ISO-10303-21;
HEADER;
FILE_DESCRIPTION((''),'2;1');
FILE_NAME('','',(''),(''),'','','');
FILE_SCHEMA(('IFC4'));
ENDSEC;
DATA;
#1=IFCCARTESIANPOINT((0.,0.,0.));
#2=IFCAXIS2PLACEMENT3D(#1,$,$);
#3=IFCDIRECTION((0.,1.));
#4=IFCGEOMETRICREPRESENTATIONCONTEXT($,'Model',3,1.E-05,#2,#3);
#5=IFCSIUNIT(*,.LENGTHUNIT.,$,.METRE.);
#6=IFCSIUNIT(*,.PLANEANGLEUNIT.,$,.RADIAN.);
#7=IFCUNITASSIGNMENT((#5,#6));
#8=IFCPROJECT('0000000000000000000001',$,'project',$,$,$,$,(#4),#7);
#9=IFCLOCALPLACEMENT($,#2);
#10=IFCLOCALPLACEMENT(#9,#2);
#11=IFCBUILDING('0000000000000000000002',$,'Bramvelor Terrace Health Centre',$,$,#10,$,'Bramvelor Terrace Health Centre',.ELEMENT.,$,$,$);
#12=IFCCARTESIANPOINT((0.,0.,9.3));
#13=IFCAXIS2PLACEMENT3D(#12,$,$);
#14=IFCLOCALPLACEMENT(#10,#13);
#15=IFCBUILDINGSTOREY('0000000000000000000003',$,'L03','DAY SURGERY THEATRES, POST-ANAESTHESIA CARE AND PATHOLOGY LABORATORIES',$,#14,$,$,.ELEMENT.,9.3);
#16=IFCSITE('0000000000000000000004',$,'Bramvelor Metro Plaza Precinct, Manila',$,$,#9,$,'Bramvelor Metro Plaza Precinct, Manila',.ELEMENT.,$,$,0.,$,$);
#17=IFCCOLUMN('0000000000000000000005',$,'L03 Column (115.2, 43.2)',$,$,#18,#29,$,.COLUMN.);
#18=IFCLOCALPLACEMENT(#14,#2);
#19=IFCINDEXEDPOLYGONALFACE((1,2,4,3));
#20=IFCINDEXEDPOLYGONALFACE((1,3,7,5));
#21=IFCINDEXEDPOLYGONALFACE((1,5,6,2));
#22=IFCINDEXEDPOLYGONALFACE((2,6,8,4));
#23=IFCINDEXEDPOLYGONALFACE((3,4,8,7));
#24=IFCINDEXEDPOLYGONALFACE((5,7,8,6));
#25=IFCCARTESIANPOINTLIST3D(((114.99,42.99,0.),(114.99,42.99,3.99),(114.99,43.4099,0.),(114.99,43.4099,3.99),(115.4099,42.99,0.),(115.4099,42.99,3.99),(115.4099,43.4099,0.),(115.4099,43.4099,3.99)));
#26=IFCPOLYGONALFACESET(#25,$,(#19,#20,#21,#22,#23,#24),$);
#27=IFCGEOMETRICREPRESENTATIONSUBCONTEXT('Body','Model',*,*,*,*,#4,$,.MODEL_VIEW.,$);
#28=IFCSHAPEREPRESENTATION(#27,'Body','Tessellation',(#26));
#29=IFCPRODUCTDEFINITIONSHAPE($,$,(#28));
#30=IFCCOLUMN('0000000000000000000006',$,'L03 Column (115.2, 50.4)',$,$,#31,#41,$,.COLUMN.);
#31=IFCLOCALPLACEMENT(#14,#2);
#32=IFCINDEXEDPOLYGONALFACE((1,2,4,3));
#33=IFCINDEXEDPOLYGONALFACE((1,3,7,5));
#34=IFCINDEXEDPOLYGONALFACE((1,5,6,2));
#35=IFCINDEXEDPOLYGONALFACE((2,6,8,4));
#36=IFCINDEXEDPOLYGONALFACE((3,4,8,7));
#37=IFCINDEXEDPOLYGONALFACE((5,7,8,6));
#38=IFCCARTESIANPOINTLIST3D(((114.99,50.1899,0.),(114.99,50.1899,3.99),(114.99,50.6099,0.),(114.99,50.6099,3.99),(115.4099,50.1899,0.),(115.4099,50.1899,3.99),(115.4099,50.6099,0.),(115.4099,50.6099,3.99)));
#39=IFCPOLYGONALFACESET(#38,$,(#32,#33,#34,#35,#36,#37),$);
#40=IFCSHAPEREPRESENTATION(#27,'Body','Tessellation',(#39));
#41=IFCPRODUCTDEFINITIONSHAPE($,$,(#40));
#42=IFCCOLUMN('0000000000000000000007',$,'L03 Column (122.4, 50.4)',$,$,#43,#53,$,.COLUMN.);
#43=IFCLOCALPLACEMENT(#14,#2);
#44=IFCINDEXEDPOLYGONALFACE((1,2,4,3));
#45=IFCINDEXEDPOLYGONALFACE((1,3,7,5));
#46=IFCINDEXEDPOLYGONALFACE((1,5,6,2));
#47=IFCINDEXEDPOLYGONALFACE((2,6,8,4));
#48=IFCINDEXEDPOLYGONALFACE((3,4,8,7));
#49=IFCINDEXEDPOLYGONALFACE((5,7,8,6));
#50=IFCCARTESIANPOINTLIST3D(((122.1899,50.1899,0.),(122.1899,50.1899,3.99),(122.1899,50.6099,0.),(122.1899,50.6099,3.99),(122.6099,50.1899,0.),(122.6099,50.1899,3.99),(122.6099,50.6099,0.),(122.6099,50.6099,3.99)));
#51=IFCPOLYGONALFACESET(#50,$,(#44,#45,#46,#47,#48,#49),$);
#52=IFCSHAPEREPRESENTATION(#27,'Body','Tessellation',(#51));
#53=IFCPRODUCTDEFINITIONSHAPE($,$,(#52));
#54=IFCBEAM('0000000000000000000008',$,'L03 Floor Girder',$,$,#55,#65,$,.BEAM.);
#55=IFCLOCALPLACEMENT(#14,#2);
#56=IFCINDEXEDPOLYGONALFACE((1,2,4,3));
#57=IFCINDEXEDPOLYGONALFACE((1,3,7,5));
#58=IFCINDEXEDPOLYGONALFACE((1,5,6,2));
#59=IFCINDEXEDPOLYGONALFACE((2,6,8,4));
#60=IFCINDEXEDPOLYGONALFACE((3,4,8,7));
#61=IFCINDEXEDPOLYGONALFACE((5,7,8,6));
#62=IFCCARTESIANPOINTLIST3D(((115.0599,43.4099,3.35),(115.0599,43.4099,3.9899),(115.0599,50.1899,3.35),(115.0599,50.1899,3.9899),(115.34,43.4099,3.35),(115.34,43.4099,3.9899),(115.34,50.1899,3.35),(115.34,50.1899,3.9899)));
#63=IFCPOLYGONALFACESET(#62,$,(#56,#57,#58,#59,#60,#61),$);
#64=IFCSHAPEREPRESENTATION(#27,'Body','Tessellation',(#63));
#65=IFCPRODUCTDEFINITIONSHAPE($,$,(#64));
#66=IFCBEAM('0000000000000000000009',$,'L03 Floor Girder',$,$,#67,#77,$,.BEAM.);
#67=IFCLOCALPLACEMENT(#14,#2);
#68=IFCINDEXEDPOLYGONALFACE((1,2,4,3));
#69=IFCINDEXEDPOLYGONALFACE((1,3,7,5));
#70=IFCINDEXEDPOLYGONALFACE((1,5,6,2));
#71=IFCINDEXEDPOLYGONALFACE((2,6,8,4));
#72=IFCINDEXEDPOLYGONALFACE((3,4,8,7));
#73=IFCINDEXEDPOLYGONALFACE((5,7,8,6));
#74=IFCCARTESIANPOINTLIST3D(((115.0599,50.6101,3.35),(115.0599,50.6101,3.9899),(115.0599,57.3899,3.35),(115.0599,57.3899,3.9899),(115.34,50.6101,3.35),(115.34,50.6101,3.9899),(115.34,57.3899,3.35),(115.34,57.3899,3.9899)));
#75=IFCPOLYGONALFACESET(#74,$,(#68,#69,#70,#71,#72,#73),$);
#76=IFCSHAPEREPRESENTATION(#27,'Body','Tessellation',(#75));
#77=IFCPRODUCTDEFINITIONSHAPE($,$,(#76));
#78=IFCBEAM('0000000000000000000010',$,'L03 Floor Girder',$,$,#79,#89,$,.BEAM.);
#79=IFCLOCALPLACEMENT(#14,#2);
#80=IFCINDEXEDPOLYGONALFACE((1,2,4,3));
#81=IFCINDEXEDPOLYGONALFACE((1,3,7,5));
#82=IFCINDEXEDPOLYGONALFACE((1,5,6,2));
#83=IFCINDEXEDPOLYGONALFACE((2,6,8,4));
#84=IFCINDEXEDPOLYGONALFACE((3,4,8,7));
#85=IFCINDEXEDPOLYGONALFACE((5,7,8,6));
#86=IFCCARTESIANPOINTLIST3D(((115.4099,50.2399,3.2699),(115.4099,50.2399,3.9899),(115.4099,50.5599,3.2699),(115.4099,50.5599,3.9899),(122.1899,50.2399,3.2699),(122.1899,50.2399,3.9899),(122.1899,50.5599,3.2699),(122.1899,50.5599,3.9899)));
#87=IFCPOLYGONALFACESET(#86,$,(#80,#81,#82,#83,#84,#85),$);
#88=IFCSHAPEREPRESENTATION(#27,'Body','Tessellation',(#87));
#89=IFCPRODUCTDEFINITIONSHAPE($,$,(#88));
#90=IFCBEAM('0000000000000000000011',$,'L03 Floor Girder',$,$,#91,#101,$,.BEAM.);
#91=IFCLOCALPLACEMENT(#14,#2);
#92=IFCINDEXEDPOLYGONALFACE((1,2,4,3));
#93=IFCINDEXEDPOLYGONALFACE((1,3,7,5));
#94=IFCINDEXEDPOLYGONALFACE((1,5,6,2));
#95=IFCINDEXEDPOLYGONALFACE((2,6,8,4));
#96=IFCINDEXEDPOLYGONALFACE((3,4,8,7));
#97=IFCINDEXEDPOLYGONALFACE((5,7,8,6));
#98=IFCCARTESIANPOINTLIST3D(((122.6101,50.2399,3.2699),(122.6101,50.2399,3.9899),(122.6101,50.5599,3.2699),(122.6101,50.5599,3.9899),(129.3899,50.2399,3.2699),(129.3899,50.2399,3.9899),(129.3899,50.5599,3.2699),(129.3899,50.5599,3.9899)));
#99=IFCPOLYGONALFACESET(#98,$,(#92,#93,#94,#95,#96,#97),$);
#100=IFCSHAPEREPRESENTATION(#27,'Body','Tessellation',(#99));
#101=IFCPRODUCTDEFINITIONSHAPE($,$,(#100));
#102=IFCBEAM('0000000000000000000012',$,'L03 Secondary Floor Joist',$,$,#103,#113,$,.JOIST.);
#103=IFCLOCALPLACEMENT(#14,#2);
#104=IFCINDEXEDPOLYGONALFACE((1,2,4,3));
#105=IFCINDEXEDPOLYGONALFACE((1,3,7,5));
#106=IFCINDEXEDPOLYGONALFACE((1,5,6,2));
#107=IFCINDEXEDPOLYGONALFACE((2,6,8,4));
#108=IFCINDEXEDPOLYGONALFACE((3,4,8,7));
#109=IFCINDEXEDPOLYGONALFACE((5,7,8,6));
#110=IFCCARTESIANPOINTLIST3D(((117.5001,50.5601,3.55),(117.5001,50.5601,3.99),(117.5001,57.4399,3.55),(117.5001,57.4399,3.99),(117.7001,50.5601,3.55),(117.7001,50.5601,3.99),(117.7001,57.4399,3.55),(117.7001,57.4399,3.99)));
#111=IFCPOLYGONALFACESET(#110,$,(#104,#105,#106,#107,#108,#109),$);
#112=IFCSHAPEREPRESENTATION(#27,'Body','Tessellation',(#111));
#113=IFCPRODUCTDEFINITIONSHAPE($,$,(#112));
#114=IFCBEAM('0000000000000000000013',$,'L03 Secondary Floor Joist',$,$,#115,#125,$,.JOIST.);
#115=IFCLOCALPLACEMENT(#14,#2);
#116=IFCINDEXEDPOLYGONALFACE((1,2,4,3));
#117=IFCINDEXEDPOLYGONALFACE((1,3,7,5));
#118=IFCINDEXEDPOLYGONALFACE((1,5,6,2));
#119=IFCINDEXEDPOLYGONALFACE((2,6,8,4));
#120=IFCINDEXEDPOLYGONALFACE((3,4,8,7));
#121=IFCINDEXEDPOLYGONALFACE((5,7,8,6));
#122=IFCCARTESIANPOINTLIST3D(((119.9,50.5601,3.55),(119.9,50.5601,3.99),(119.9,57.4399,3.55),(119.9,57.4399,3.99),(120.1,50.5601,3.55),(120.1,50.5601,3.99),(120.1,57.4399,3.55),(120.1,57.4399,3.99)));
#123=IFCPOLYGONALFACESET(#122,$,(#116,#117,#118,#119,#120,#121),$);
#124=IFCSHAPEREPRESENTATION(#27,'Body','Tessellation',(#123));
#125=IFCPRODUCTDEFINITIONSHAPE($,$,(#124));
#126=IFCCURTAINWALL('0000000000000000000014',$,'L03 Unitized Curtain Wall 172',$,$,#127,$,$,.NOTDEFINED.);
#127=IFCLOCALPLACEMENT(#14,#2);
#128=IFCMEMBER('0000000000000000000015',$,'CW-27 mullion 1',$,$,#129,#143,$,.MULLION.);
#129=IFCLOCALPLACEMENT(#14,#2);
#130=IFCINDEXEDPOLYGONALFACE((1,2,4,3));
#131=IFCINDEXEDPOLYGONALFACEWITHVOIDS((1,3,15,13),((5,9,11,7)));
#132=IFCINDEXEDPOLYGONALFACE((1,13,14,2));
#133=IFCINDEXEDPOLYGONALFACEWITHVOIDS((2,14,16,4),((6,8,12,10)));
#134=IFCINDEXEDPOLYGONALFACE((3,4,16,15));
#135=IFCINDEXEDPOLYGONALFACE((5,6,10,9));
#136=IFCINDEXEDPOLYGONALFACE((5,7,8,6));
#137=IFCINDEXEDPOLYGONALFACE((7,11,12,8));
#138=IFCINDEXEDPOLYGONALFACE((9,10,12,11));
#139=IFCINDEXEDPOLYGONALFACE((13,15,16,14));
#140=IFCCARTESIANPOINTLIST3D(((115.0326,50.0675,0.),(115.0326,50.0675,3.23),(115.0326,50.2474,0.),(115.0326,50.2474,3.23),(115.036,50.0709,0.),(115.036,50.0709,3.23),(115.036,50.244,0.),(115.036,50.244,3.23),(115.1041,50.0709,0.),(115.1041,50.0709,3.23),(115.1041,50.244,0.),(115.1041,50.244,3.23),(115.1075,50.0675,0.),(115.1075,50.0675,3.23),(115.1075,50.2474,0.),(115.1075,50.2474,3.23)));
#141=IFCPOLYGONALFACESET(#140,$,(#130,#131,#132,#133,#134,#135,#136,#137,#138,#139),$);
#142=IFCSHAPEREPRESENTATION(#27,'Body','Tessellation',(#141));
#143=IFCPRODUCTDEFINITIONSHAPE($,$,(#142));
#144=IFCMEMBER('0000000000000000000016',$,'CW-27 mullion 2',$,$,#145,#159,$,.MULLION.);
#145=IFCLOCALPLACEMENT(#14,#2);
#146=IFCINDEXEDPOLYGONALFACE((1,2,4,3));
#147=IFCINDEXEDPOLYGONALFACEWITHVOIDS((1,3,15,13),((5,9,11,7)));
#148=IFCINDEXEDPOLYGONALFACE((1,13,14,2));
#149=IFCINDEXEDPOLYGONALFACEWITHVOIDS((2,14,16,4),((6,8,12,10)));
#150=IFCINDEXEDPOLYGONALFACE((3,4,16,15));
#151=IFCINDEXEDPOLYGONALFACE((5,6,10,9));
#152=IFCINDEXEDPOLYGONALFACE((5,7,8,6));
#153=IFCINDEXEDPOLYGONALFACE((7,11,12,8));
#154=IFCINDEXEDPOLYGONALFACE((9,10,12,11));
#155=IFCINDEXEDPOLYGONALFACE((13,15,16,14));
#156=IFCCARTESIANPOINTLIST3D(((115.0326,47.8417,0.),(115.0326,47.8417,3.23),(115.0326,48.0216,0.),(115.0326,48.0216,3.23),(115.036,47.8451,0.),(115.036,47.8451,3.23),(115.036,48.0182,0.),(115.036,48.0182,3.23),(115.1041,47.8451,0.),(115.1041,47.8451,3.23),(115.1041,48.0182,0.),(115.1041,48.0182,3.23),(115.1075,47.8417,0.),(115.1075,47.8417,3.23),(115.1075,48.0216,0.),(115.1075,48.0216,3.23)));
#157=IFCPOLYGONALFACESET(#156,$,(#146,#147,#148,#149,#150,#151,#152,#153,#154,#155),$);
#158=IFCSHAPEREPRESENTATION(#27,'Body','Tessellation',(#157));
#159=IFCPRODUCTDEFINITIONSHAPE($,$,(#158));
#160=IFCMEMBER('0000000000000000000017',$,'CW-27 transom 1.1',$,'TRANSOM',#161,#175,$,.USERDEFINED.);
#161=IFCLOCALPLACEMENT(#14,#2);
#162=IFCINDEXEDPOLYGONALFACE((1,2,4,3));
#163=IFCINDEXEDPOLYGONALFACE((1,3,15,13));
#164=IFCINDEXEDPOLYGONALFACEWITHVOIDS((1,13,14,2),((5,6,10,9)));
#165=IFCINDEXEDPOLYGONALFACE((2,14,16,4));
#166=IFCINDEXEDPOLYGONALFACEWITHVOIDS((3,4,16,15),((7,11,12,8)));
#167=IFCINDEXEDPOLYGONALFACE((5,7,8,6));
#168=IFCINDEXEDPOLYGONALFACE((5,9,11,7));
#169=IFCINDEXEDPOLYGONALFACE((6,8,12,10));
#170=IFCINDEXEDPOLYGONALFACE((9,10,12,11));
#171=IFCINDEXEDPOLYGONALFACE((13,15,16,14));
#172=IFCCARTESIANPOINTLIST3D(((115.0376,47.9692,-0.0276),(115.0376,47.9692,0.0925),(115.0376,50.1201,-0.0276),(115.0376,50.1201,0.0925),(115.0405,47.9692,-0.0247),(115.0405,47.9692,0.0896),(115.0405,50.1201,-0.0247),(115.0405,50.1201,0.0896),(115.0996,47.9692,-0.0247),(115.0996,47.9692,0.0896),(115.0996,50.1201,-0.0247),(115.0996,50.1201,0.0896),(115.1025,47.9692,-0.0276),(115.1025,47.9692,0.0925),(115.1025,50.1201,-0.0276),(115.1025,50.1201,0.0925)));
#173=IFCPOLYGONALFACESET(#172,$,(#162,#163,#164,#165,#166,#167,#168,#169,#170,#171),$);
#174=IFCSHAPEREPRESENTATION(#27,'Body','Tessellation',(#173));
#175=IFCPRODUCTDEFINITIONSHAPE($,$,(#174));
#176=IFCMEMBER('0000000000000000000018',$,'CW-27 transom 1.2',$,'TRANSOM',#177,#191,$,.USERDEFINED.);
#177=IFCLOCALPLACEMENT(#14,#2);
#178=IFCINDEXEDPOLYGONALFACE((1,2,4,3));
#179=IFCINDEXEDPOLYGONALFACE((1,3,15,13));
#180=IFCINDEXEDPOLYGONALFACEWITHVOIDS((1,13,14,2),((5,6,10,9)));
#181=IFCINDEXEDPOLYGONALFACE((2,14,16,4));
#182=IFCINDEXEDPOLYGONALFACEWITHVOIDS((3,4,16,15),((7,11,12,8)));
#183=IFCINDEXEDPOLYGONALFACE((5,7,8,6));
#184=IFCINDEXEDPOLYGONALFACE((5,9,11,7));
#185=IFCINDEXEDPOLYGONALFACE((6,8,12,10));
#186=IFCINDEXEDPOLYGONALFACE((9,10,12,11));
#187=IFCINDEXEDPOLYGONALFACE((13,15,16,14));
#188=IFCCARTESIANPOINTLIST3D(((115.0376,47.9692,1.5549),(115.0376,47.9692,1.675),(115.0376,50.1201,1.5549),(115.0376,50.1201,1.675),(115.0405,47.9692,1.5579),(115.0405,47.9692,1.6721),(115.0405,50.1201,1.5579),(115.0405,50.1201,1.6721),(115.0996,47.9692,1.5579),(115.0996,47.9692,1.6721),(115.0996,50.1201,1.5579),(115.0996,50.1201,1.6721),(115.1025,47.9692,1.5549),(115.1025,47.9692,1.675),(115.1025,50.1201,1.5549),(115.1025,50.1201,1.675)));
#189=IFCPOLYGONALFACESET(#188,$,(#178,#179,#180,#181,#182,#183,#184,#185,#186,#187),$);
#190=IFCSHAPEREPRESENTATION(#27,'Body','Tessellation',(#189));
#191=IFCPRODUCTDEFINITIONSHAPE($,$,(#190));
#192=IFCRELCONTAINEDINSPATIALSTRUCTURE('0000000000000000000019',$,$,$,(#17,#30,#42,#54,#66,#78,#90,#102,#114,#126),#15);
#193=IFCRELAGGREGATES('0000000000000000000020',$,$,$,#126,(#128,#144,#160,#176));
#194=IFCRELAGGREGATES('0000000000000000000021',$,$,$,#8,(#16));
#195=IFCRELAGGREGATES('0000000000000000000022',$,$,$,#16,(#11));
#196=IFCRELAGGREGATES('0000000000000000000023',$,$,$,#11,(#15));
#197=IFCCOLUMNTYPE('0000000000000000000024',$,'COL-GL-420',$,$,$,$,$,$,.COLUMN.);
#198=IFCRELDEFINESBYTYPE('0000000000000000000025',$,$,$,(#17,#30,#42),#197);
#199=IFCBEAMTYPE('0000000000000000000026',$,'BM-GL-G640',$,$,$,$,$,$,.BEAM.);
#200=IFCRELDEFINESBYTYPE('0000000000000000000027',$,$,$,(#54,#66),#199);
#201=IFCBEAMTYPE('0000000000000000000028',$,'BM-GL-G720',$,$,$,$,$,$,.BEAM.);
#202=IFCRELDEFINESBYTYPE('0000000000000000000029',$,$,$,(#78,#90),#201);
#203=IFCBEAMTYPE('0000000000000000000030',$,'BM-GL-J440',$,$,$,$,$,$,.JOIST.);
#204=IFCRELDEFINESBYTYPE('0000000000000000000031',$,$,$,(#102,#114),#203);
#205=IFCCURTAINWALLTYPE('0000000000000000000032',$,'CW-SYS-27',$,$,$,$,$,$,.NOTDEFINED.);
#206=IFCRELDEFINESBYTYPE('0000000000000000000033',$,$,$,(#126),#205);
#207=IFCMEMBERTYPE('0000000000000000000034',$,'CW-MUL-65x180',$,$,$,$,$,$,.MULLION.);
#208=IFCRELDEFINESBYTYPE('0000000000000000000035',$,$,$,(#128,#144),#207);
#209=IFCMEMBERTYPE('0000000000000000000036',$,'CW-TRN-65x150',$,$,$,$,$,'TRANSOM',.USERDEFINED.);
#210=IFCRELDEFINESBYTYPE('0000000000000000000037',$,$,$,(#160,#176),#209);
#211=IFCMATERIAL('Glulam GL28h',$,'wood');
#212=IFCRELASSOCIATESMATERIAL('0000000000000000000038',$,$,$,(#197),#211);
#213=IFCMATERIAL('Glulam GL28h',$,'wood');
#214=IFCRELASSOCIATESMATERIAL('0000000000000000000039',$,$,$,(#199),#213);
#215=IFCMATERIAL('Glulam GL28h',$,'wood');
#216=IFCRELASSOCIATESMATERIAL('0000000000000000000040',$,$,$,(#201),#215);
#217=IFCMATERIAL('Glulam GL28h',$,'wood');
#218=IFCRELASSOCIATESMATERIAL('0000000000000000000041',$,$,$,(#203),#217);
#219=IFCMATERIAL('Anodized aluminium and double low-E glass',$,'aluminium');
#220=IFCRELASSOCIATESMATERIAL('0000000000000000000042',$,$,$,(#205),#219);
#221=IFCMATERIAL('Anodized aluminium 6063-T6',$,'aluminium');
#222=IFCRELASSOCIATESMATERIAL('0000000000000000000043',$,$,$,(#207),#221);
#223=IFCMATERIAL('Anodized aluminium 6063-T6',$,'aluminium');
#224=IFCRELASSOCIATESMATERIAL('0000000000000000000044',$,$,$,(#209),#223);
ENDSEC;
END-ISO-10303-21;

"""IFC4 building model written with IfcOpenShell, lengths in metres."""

from ifc_helpers import new_model, si_unit, direction, frame, origin, origin_2d, place, context, subcontext, project, spatial, rectangle, hollow_rectangle, extrude, material, material_profile, profile_set, type_object, element, aggregate, save


model = new_model("IFC4")

# Units and contexts
model_context = context("Model", 3, precision=1e-05, world=origin(), true_north=direction((0.0, 1.0)))
body_context = subcontext(model_context, "Body", "Model", "MODEL_VIEW")
ifc_project = project(units=[si_unit("LENGTHUNIT", "METRE"), si_unit("PLANEANGLEUNIT", "RADIAN")], contexts=[model_context])

# Site, building, storey
site_placement = place(None, origin())
site = spatial("IfcSite", under=ifc_project, at=site_placement, Name="Bramvelor Metro Plaza Precinct, Manila", LongName="Bramvelor Metro Plaza Precinct, Manila", CompositionType="ELEMENT", RefElevation=0.0)
building_placement = place(site_placement, origin())
building = spatial("IfcBuilding", under=site, at=building_placement, Name="Bramvelor Terrace Health Centre", LongName="Bramvelor Terrace Health Centre", CompositionType="ELEMENT")
storey_placement = place(building_placement, frame((0.0, 0.0, 9.3)))
storey = spatial("IfcBuildingStorey", under=building, at=storey_placement, Name="L03", Description="DAY SURGERY THEATRES, POST-ANAESTHESIA CARE AND PATHOLOGY LABORATORIES", CompositionType="ELEMENT", Elevation=9.3)

# Columns
ifc_material_1 = material(Name="Glulam GL28h", Category="wood")
ifc_material_profile_1 = material_profile(ifc_material_1, rectangle(XDim=0.4199, YDim=0.4199, at=origin_2d()), Name="GL 420x420")
ifc_profile_set_1 = profile_set([ifc_material_profile_1], Name="Glulam GL28h")
column_type = type_object("IfcColumnType", Name="COL-GL-420", PredefinedType="COLUMN", material=ifc_profile_set_1)
for number, where, z_axis, x_axis, name in (
    (1, (115.2, 43.2, 0.0), (0.0, 0.0, 1.0), (1.0, 0.0, 0.0), "L03 Column (115.2, 43.2)"),
    (2, (115.2, 50.3999, 0.0), (0.0, 0.0, 1.0), (1.0, 0.0, 0.0), "L03 Column (115.2, 50.4)"),
    (3, (122.3999, 50.3999, 0.0), (0.0, 0.0, 1.0), (1.0, 0.0, 0.0), "L03 Column (122.4, 50.4)"),
):
    element("IfcColumn", number, at=place(storey_placement, frame(where, z_axis=z_axis, x_axis=x_axis)), inside=storey, type_object=column_type, Name=name, PredefinedType="COLUMN", context=body_context, shape_type="SweptSolid", body=[
        extrude(rectangle(XDim=0.4199, YDim=0.4199, at=origin_2d()), origin(), (0.0, 0.0, 1.0), 3.99),
    ])

# Beams
ifc_material_2 = material(Name="Glulam GL28h", Category="wood")
ifc_material_profile_2 = material_profile(ifc_material_2, rectangle(XDim=0.28, YDim=0.6399, at=origin_2d()), Name="GL 280x640")
ifc_profile_set_2 = profile_set([ifc_material_profile_2], Name="Glulam GL28h")
beam_type_1 = type_object("IfcBeamType", Name="BM-GL-G640", PredefinedType="BEAM", material=ifc_profile_set_2)
beam_1_placement = place(storey_placement, frame((115.2, 43.4099, 3.6699), z_axis=(0.0, 1.0, 0.0), x_axis=(-1.0, 0.0, 0.0)))
element("IfcBeam", 4, at=beam_1_placement, inside=storey, type_object=beam_type_1, Name="L03 Floor Girder", PredefinedType="BEAM", context=body_context, shape_type="SweptSolid", body=[
    extrude(rectangle(XDim=0.28, YDim=0.6399, at=origin_2d()), origin(), (0.0, 0.0, 1.0), 6.78),
])
beam_2_placement = place(storey_placement, frame((115.2, 50.6101, 3.6699), z_axis=(0.0, 1.0, 0.0), x_axis=(-1.0, 0.0, 0.0)))
element("IfcBeam", 5, at=beam_2_placement, inside=storey, type_object=beam_type_1, Name="L03 Floor Girder", PredefinedType="BEAM", context=body_context, shape_type="SweptSolid", body=[
    extrude(rectangle(XDim=0.28, YDim=0.6399, at=origin_2d()), origin(), (0.0, 0.0, 1.0), 6.7798),
])
ifc_material_3 = material(Name="Glulam GL28h", Category="wood")
ifc_material_profile_3 = material_profile(ifc_material_3, rectangle(XDim=0.3201, YDim=0.72, at=origin_2d()), Name="GL 320x720")
ifc_profile_set_3 = profile_set([ifc_material_profile_3], Name="Glulam GL28h")
beam_type_2 = type_object("IfcBeamType", Name="BM-GL-G720", PredefinedType="BEAM", material=ifc_profile_set_3)
beam_3_placement = place(storey_placement, frame((115.4099, 50.3999, 3.6299), z_axis=(1.0, 0.0, 0.0), x_axis=(0.0, 1.0, 0.0)))
element("IfcBeam", 6, at=beam_3_placement, inside=storey, type_object=beam_type_2, Name="L03 Floor Girder", PredefinedType="BEAM", context=body_context, shape_type="SweptSolid", body=[
    extrude(rectangle(XDim=0.3201, YDim=0.72, at=origin_2d()), origin(), (0.0, 0.0, 1.0), 6.78),
])
beam_4_placement = place(storey_placement, frame((122.6101, 50.3999, 3.6299), z_axis=(1.0, 0.0, 0.0), x_axis=(0.0, 1.0, 0.0)))
element("IfcBeam", 7, at=beam_4_placement, inside=storey, type_object=beam_type_2, Name="L03 Floor Girder", PredefinedType="BEAM", context=body_context, shape_type="SweptSolid", body=[
    extrude(rectangle(XDim=0.3201, YDim=0.72, at=origin_2d()), origin(), (0.0, 0.0, 1.0), 6.7798),
])
ifc_material_4 = material(Name="Glulam GL28h", Category="wood")
ifc_material_profile_4 = material_profile(ifc_material_4, rectangle(XDim=0.2, YDim=0.4399, at=origin_2d()), Name="GL 200x440")
ifc_profile_set_4 = profile_set([ifc_material_profile_4], Name="Glulam GL28h")
beam_type_3 = type_object("IfcBeamType", Name="BM-GL-J440", PredefinedType="JOIST", material=ifc_profile_set_4)
for number, where, z_axis, x_axis, name in (
    (8, (117.6001, 50.5601, 3.77), (0.0, 1.0, 0.0), (-1.0, 0.0, 0.0), "L03 Secondary Floor Joist"),
    (9, (120.0, 50.5601, 3.77), (0.0, 1.0, 0.0), (-1.0, 0.0, 0.0), "L03 Secondary Floor Joist"),
):
    element("IfcBeam", number, at=place(storey_placement, frame(where, z_axis=z_axis, x_axis=x_axis)), inside=storey, type_object=beam_type_3, Name=name, PredefinedType="JOIST", context=body_context, shape_type="SweptSolid", body=[
        extrude(rectangle(XDim=0.2, YDim=0.4399, at=origin_2d()), origin(), (0.0, 0.0, 1.0), 6.8799),
    ])

# Curtain wall, members
ifc_material_5 = material(Name="Anodized aluminium and double low-E glass", Category="aluminium")
curtain_wall_type = type_object("IfcCurtainWallType", Name="CW-SYS-27", PredefinedType="NOTDEFINED", material=ifc_material_5)
curtain_wall_placement = place(storey_placement, origin())
curtain_wall = element("IfcCurtainWall", 10, at=curtain_wall_placement, inside=storey, type_object=curtain_wall_type, Name="L03 Unitized Curtain Wall 172", PredefinedType="NOTDEFINED")
ifc_material_6 = material(Name="Anodized aluminium 6063-T6", Category="aluminium")
ifc_material_profile_5 = material_profile(ifc_material_6, hollow_rectangle(XDim=0.075, YDim=0.1799, WallThickness=0.0034, at=origin_2d()), Name="ALU-MUL 75x180x3.5")
ifc_profile_set_5 = profile_set([ifc_material_profile_5], Name="Anodized aluminium 6063-T6")
member_type_1 = type_object("IfcMemberType", Name="CW-MUL-65x180", PredefinedType="MULLION", material=ifc_profile_set_5)
member_1_placement = place(storey_placement, frame((115.0701, 50.1575, 0.0), z_axis=(0.0, 0.0, 1.0), x_axis=(1.0, 0.0, 0.0)))
member_1 = element("IfcMember", 11, at=member_1_placement, type_object=member_type_1, Name="CW-27 mullion 1", PredefinedType="MULLION", context=body_context, shape_type="SweptSolid", body=[
    extrude(hollow_rectangle(XDim=0.075, YDim=0.1799, WallThickness=0.0034, at=origin_2d()), origin(), (0.0, 0.0, 1.0), 3.23),
])
member_2_placement = place(storey_placement, frame((115.0701, 47.9316, 0.0), z_axis=(0.0, 0.0, 1.0), x_axis=(1.0, 0.0, 0.0)))
member_2 = element("IfcMember", 12, at=member_2_placement, type_object=member_type_1, Name="CW-27 mullion 2", PredefinedType="MULLION", context=body_context, shape_type="SweptSolid", body=[
    extrude(hollow_rectangle(XDim=0.075, YDim=0.1799, WallThickness=0.0034, at=origin_2d()), origin(), (0.0, 0.0, 1.0), 3.23),
])
ifc_material_7 = material(Name="Anodized aluminium 6063-T6", Category="aluminium")
ifc_material_profile_6 = material_profile(ifc_material_7, hollow_rectangle(XDim=0.0649, YDim=0.1201, WallThickness=0.0029, at=origin_2d()), Name="ALU-TRN 65x120x3.0")
ifc_profile_set_6 = profile_set([ifc_material_profile_6], Name="Anodized aluminium 6063-T6")
member_type_2 = type_object("IfcMemberType", Name="CW-TRN-65x150", ElementType="TRANSOM", PredefinedType="USERDEFINED", material=ifc_profile_set_6)
member_3_placement = place(storey_placement, frame((115.0701, 50.1201, 0.0325), z_axis=(0.0, -1.0, 0.0), x_axis=(1.0, 0.0, 0.0)))
member_3 = element("IfcMember", 13, at=member_3_placement, type_object=member_type_2, Name="CW-27 transom 1.1", ObjectType="TRANSOM", PredefinedType="USERDEFINED", context=body_context, shape_type="SweptSolid", body=[
    extrude(hollow_rectangle(XDim=0.0649, YDim=0.1201, WallThickness=0.0029, at=origin_2d()), origin(), (0.0, 0.0, 1.0), 2.1509),
])
member_4_placement = place(storey_placement, frame((115.0701, 50.1201, 1.615), z_axis=(0.0, -1.0, 0.0), x_axis=(1.0, 0.0, 0.0)))
member_4 = element("IfcMember", 14, at=member_4_placement, type_object=member_type_2, Name="CW-27 transom 1.2", ObjectType="TRANSOM", PredefinedType="USERDEFINED", context=body_context, shape_type="SweptSolid", body=[
    extrude(hollow_rectangle(XDim=0.0649, YDim=0.1201, WallThickness=0.0029, at=origin_2d()), origin(), (0.0, 0.0, 1.0), 2.1509),
])
aggregate(curtain_wall, [member_1, member_2, member_3, member_4])

save(model, "model.ifc")
